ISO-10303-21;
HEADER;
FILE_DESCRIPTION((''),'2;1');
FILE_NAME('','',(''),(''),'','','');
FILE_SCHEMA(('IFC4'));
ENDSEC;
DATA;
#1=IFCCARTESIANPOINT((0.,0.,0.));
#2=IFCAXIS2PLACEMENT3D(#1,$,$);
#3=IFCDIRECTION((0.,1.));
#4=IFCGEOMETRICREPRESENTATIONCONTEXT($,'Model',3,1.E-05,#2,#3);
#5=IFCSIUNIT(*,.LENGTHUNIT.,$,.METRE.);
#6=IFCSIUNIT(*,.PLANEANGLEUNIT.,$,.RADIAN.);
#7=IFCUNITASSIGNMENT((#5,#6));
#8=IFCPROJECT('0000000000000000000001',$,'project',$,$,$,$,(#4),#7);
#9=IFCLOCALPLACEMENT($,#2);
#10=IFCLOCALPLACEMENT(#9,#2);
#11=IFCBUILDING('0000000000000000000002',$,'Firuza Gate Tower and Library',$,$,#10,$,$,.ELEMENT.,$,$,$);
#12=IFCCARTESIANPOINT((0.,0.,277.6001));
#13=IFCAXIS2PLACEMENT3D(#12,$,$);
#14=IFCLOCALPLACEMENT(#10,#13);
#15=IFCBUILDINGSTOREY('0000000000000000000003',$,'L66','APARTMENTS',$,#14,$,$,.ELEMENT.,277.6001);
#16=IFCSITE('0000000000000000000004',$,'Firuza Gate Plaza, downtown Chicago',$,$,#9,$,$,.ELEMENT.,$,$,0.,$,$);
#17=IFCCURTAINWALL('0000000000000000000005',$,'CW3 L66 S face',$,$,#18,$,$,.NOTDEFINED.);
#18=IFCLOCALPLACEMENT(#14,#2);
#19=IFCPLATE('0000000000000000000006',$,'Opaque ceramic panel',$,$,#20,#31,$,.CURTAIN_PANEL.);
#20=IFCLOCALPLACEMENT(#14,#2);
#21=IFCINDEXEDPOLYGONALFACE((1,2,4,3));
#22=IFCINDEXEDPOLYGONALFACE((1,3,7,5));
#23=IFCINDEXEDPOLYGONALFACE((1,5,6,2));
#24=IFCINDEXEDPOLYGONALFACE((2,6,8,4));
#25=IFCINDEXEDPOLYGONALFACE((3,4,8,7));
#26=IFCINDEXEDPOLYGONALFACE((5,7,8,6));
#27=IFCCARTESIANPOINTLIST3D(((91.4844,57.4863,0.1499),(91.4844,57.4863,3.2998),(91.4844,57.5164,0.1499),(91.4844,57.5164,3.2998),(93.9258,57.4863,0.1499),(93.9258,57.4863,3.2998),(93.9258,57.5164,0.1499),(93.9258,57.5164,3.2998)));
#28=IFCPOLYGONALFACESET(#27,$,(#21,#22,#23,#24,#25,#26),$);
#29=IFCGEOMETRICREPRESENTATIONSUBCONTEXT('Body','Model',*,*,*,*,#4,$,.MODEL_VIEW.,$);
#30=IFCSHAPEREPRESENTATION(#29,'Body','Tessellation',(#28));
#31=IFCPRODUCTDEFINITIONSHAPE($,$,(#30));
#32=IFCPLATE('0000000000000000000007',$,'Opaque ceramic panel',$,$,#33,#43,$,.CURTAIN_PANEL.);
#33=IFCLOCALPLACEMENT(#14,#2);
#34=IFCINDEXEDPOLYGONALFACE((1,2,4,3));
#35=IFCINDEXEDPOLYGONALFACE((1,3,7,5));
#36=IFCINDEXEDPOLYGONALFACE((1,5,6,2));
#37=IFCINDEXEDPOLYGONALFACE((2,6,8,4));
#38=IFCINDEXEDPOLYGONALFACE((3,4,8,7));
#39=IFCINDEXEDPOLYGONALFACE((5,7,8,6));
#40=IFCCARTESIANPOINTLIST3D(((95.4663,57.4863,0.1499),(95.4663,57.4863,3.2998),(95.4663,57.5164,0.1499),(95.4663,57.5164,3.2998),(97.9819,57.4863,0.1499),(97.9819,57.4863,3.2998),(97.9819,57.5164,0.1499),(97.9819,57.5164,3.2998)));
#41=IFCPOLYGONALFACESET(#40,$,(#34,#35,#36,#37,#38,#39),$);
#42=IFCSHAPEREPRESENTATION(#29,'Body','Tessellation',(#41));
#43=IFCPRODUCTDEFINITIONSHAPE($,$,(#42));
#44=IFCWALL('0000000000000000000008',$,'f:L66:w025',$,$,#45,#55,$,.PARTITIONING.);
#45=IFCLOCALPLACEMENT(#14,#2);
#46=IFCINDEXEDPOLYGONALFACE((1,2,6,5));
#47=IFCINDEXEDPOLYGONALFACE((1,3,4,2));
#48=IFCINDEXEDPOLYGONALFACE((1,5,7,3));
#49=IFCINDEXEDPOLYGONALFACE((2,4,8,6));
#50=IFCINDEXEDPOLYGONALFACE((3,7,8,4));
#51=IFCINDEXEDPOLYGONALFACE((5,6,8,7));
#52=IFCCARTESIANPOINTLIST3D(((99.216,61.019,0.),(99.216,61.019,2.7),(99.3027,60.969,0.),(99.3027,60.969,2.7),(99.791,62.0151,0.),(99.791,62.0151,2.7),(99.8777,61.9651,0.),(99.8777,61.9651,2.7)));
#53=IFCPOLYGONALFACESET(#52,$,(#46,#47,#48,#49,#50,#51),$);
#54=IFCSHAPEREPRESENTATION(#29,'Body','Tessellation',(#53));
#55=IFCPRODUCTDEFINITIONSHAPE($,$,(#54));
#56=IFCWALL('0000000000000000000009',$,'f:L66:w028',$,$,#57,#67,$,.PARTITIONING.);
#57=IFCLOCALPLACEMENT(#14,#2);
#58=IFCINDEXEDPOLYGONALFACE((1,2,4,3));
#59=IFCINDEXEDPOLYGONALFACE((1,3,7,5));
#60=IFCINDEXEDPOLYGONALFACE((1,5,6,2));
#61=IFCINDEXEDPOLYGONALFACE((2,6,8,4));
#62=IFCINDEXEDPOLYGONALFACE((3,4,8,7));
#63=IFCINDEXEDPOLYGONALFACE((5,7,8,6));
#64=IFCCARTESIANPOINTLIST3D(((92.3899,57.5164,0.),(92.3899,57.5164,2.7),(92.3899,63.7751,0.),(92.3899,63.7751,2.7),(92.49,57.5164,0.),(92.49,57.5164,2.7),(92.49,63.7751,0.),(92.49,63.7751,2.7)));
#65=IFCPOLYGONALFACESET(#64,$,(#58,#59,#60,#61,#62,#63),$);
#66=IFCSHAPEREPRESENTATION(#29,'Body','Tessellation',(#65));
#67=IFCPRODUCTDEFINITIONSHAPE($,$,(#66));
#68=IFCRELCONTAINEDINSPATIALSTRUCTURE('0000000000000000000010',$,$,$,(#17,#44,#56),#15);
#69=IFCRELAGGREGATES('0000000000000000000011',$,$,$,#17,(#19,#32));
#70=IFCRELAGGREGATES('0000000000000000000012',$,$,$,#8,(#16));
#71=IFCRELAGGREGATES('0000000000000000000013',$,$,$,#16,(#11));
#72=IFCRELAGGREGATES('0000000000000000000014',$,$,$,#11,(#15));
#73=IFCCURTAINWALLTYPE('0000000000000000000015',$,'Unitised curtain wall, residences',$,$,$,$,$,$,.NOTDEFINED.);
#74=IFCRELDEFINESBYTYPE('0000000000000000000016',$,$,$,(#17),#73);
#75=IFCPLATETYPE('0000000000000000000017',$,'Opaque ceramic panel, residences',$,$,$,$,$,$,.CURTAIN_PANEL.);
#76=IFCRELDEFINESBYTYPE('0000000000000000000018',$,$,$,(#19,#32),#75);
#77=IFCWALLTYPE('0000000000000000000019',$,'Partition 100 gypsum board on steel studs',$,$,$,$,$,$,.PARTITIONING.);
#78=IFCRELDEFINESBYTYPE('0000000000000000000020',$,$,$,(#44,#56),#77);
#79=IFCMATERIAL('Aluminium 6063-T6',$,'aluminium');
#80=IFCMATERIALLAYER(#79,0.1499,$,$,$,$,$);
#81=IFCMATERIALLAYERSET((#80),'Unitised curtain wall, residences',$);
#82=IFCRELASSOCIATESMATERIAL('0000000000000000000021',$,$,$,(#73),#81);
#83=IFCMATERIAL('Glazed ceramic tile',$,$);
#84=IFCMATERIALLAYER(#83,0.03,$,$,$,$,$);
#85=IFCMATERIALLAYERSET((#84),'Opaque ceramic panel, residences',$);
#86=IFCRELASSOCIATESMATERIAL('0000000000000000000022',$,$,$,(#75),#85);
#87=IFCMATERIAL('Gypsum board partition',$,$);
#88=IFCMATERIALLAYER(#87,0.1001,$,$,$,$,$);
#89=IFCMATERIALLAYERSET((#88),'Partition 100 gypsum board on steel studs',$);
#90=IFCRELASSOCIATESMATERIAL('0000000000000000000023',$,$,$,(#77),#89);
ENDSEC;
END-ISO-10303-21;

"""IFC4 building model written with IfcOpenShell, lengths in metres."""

from ifc_helpers import new_model, si_unit, direction, frame, frame_2d, origin, place, context, subcontext, project, spatial, polyline, rectangle, outline, extrude, material, layer, layer_set, type_object, element, aggregate, save


model = new_model("IFC4")

# Units and contexts
model_context = context("Model", 3, precision=1e-05, world=origin(), true_north=direction((0.0, 1.0)))
body_context = subcontext(model_context, "Body", "Model", "MODEL_VIEW")
ifc_project = project(units=[si_unit("LENGTHUNIT", "METRE"), si_unit("PLANEANGLEUNIT", "RADIAN")], contexts=[model_context])

# Site, building, storey
site_placement = place(None, origin())
site = spatial("IfcSite", under=ifc_project, at=site_placement, Name="Firuza Gate Plaza, downtown Chicago", CompositionType="ELEMENT", RefElevation=0.0)
building_placement = place(site_placement, origin())
building = spatial("IfcBuilding", under=site, at=building_placement, Name="Firuza Gate Tower and Library", CompositionType="ELEMENT")
storey_placement = place(building_placement, frame((0.0, 0.0, 277.6001)))
storey = spatial("IfcBuildingStorey", under=building, at=storey_placement, Name="L66", Description="APARTMENTS", CompositionType="ELEMENT", Elevation=277.6001)

# Curtain wall
ifc_material_1 = material(Name="Aluminium 6063-T6", Category="aluminium")
ifc_layer_1 = layer(ifc_material_1, 0.1499)
ifc_layer_set_1 = layer_set([ifc_layer_1], Name="Unitised curtain wall, residences")
curtain_wall_type_1 = type_object("IfcCurtainWallType", Name="Unitised curtain wall, residences", PredefinedType="NOTDEFINED", material=ifc_layer_set_1)
placement = place(storey_placement, origin())
curtain_wall_1 = element("IfcCurtainWall", 1, at=placement, inside=storey, type_object=curtain_wall_type_1, Name="CW3 L66 S face", PredefinedType="NOTDEFINED")

# Plates
ifc_material_2 = material(Name="Glazed ceramic tile")
ifc_layer_2 = layer(ifc_material_2, 0.03)
ifc_layer_set_2 = layer_set([ifc_layer_2], Name="Opaque ceramic panel, residences")
plate_type_1 = type_object("IfcPlateType", Name="Opaque ceramic panel, residences", PredefinedType="CURTAIN_PANEL", material=ifc_layer_set_2)
plate_1_placement = place(storey_placement, frame((91.4844, 57.4863, 0.1499), z_axis=(0.0, -1.0, 0.0), x_axis=(1.0, 0.0, 0.0)))
plate_1 = element("IfcPlate", 2, at=plate_1_placement, type_object=plate_type_1, Name="Opaque ceramic panel", PredefinedType="CURTAIN_PANEL", context=body_context, shape_type="SweptSolid", body=[
    extrude(outline(polyline([(0.0, 0.0), (2.4414, 0.0), (2.4414, 3.1499), (0.0, 3.1499), (0.0, 0.0)])), origin(), (0.0, 0.0, -1.0), 0.03),
])
plate_2_placement = place(storey_placement, frame((95.4663, 57.4863, 0.1499), z_axis=(0.0, -1.0, 0.0), x_axis=(1.0, 0.0, 0.0)))
plate_2 = element("IfcPlate", 3, at=plate_2_placement, type_object=plate_type_1, Name="Opaque ceramic panel", PredefinedType="CURTAIN_PANEL", context=body_context, shape_type="SweptSolid", body=[
    extrude(outline(polyline([(0.0, 0.0), (2.5156, 0.0), (2.5156, 3.1499), (0.0, 3.1499), (0.0, 0.0)])), origin(), (0.0, 0.0, -1.0), 0.03),
])
aggregate(curtain_wall_1, [plate_1, plate_2])

# Walls
ifc_material_3 = material(Name="Gypsum board partition")
ifc_layer_3 = layer(ifc_material_3, 0.1001)
ifc_layer_set_3 = layer_set([ifc_layer_3], Name="Partition 100 gypsum board on steel studs")
wall_type = type_object("IfcWallType", Name="Partition 100 gypsum board on steel studs", PredefinedType="PARTITIONING", material=ifc_layer_set_3)
wall_1_placement = place(storey_placement, frame((99.2593, 60.9939, 0.0), z_axis=(0.0, 0.0, 1.0), x_axis=(0.499906, 0.86608, 0.0)))
element("IfcWall", 4, at=wall_1_placement, inside=storey, type_object=wall_type, Name="f:L66:w025", PredefinedType="PARTITIONING", context=body_context, shape_type="SweptSolid", body=[
    extrude(rectangle(XDim=1.1501, YDim=0.1001, at=frame_2d((0.5752, 0.0))), origin(), (0.0, 0.0, 1.0), 2.7),
])
wall_2_placement = place(storey_placement, frame((92.4399, 57.5164, 0.0), z_axis=(0.0, 0.0, 1.0), x_axis=(0.0, 1.0, 0.0)))
element("IfcWall", 5, at=wall_2_placement, inside=storey, type_object=wall_type, Name="f:L66:w028", PredefinedType="PARTITIONING", context=body_context, shape_type="SweptSolid", body=[
    extrude(rectangle(XDim=6.2588, YDim=0.1001, at=frame_2d((3.1294, 0.0))), origin(), (0.0, 0.0, 1.0), 2.7),
])

save(model, "model.ifc")
